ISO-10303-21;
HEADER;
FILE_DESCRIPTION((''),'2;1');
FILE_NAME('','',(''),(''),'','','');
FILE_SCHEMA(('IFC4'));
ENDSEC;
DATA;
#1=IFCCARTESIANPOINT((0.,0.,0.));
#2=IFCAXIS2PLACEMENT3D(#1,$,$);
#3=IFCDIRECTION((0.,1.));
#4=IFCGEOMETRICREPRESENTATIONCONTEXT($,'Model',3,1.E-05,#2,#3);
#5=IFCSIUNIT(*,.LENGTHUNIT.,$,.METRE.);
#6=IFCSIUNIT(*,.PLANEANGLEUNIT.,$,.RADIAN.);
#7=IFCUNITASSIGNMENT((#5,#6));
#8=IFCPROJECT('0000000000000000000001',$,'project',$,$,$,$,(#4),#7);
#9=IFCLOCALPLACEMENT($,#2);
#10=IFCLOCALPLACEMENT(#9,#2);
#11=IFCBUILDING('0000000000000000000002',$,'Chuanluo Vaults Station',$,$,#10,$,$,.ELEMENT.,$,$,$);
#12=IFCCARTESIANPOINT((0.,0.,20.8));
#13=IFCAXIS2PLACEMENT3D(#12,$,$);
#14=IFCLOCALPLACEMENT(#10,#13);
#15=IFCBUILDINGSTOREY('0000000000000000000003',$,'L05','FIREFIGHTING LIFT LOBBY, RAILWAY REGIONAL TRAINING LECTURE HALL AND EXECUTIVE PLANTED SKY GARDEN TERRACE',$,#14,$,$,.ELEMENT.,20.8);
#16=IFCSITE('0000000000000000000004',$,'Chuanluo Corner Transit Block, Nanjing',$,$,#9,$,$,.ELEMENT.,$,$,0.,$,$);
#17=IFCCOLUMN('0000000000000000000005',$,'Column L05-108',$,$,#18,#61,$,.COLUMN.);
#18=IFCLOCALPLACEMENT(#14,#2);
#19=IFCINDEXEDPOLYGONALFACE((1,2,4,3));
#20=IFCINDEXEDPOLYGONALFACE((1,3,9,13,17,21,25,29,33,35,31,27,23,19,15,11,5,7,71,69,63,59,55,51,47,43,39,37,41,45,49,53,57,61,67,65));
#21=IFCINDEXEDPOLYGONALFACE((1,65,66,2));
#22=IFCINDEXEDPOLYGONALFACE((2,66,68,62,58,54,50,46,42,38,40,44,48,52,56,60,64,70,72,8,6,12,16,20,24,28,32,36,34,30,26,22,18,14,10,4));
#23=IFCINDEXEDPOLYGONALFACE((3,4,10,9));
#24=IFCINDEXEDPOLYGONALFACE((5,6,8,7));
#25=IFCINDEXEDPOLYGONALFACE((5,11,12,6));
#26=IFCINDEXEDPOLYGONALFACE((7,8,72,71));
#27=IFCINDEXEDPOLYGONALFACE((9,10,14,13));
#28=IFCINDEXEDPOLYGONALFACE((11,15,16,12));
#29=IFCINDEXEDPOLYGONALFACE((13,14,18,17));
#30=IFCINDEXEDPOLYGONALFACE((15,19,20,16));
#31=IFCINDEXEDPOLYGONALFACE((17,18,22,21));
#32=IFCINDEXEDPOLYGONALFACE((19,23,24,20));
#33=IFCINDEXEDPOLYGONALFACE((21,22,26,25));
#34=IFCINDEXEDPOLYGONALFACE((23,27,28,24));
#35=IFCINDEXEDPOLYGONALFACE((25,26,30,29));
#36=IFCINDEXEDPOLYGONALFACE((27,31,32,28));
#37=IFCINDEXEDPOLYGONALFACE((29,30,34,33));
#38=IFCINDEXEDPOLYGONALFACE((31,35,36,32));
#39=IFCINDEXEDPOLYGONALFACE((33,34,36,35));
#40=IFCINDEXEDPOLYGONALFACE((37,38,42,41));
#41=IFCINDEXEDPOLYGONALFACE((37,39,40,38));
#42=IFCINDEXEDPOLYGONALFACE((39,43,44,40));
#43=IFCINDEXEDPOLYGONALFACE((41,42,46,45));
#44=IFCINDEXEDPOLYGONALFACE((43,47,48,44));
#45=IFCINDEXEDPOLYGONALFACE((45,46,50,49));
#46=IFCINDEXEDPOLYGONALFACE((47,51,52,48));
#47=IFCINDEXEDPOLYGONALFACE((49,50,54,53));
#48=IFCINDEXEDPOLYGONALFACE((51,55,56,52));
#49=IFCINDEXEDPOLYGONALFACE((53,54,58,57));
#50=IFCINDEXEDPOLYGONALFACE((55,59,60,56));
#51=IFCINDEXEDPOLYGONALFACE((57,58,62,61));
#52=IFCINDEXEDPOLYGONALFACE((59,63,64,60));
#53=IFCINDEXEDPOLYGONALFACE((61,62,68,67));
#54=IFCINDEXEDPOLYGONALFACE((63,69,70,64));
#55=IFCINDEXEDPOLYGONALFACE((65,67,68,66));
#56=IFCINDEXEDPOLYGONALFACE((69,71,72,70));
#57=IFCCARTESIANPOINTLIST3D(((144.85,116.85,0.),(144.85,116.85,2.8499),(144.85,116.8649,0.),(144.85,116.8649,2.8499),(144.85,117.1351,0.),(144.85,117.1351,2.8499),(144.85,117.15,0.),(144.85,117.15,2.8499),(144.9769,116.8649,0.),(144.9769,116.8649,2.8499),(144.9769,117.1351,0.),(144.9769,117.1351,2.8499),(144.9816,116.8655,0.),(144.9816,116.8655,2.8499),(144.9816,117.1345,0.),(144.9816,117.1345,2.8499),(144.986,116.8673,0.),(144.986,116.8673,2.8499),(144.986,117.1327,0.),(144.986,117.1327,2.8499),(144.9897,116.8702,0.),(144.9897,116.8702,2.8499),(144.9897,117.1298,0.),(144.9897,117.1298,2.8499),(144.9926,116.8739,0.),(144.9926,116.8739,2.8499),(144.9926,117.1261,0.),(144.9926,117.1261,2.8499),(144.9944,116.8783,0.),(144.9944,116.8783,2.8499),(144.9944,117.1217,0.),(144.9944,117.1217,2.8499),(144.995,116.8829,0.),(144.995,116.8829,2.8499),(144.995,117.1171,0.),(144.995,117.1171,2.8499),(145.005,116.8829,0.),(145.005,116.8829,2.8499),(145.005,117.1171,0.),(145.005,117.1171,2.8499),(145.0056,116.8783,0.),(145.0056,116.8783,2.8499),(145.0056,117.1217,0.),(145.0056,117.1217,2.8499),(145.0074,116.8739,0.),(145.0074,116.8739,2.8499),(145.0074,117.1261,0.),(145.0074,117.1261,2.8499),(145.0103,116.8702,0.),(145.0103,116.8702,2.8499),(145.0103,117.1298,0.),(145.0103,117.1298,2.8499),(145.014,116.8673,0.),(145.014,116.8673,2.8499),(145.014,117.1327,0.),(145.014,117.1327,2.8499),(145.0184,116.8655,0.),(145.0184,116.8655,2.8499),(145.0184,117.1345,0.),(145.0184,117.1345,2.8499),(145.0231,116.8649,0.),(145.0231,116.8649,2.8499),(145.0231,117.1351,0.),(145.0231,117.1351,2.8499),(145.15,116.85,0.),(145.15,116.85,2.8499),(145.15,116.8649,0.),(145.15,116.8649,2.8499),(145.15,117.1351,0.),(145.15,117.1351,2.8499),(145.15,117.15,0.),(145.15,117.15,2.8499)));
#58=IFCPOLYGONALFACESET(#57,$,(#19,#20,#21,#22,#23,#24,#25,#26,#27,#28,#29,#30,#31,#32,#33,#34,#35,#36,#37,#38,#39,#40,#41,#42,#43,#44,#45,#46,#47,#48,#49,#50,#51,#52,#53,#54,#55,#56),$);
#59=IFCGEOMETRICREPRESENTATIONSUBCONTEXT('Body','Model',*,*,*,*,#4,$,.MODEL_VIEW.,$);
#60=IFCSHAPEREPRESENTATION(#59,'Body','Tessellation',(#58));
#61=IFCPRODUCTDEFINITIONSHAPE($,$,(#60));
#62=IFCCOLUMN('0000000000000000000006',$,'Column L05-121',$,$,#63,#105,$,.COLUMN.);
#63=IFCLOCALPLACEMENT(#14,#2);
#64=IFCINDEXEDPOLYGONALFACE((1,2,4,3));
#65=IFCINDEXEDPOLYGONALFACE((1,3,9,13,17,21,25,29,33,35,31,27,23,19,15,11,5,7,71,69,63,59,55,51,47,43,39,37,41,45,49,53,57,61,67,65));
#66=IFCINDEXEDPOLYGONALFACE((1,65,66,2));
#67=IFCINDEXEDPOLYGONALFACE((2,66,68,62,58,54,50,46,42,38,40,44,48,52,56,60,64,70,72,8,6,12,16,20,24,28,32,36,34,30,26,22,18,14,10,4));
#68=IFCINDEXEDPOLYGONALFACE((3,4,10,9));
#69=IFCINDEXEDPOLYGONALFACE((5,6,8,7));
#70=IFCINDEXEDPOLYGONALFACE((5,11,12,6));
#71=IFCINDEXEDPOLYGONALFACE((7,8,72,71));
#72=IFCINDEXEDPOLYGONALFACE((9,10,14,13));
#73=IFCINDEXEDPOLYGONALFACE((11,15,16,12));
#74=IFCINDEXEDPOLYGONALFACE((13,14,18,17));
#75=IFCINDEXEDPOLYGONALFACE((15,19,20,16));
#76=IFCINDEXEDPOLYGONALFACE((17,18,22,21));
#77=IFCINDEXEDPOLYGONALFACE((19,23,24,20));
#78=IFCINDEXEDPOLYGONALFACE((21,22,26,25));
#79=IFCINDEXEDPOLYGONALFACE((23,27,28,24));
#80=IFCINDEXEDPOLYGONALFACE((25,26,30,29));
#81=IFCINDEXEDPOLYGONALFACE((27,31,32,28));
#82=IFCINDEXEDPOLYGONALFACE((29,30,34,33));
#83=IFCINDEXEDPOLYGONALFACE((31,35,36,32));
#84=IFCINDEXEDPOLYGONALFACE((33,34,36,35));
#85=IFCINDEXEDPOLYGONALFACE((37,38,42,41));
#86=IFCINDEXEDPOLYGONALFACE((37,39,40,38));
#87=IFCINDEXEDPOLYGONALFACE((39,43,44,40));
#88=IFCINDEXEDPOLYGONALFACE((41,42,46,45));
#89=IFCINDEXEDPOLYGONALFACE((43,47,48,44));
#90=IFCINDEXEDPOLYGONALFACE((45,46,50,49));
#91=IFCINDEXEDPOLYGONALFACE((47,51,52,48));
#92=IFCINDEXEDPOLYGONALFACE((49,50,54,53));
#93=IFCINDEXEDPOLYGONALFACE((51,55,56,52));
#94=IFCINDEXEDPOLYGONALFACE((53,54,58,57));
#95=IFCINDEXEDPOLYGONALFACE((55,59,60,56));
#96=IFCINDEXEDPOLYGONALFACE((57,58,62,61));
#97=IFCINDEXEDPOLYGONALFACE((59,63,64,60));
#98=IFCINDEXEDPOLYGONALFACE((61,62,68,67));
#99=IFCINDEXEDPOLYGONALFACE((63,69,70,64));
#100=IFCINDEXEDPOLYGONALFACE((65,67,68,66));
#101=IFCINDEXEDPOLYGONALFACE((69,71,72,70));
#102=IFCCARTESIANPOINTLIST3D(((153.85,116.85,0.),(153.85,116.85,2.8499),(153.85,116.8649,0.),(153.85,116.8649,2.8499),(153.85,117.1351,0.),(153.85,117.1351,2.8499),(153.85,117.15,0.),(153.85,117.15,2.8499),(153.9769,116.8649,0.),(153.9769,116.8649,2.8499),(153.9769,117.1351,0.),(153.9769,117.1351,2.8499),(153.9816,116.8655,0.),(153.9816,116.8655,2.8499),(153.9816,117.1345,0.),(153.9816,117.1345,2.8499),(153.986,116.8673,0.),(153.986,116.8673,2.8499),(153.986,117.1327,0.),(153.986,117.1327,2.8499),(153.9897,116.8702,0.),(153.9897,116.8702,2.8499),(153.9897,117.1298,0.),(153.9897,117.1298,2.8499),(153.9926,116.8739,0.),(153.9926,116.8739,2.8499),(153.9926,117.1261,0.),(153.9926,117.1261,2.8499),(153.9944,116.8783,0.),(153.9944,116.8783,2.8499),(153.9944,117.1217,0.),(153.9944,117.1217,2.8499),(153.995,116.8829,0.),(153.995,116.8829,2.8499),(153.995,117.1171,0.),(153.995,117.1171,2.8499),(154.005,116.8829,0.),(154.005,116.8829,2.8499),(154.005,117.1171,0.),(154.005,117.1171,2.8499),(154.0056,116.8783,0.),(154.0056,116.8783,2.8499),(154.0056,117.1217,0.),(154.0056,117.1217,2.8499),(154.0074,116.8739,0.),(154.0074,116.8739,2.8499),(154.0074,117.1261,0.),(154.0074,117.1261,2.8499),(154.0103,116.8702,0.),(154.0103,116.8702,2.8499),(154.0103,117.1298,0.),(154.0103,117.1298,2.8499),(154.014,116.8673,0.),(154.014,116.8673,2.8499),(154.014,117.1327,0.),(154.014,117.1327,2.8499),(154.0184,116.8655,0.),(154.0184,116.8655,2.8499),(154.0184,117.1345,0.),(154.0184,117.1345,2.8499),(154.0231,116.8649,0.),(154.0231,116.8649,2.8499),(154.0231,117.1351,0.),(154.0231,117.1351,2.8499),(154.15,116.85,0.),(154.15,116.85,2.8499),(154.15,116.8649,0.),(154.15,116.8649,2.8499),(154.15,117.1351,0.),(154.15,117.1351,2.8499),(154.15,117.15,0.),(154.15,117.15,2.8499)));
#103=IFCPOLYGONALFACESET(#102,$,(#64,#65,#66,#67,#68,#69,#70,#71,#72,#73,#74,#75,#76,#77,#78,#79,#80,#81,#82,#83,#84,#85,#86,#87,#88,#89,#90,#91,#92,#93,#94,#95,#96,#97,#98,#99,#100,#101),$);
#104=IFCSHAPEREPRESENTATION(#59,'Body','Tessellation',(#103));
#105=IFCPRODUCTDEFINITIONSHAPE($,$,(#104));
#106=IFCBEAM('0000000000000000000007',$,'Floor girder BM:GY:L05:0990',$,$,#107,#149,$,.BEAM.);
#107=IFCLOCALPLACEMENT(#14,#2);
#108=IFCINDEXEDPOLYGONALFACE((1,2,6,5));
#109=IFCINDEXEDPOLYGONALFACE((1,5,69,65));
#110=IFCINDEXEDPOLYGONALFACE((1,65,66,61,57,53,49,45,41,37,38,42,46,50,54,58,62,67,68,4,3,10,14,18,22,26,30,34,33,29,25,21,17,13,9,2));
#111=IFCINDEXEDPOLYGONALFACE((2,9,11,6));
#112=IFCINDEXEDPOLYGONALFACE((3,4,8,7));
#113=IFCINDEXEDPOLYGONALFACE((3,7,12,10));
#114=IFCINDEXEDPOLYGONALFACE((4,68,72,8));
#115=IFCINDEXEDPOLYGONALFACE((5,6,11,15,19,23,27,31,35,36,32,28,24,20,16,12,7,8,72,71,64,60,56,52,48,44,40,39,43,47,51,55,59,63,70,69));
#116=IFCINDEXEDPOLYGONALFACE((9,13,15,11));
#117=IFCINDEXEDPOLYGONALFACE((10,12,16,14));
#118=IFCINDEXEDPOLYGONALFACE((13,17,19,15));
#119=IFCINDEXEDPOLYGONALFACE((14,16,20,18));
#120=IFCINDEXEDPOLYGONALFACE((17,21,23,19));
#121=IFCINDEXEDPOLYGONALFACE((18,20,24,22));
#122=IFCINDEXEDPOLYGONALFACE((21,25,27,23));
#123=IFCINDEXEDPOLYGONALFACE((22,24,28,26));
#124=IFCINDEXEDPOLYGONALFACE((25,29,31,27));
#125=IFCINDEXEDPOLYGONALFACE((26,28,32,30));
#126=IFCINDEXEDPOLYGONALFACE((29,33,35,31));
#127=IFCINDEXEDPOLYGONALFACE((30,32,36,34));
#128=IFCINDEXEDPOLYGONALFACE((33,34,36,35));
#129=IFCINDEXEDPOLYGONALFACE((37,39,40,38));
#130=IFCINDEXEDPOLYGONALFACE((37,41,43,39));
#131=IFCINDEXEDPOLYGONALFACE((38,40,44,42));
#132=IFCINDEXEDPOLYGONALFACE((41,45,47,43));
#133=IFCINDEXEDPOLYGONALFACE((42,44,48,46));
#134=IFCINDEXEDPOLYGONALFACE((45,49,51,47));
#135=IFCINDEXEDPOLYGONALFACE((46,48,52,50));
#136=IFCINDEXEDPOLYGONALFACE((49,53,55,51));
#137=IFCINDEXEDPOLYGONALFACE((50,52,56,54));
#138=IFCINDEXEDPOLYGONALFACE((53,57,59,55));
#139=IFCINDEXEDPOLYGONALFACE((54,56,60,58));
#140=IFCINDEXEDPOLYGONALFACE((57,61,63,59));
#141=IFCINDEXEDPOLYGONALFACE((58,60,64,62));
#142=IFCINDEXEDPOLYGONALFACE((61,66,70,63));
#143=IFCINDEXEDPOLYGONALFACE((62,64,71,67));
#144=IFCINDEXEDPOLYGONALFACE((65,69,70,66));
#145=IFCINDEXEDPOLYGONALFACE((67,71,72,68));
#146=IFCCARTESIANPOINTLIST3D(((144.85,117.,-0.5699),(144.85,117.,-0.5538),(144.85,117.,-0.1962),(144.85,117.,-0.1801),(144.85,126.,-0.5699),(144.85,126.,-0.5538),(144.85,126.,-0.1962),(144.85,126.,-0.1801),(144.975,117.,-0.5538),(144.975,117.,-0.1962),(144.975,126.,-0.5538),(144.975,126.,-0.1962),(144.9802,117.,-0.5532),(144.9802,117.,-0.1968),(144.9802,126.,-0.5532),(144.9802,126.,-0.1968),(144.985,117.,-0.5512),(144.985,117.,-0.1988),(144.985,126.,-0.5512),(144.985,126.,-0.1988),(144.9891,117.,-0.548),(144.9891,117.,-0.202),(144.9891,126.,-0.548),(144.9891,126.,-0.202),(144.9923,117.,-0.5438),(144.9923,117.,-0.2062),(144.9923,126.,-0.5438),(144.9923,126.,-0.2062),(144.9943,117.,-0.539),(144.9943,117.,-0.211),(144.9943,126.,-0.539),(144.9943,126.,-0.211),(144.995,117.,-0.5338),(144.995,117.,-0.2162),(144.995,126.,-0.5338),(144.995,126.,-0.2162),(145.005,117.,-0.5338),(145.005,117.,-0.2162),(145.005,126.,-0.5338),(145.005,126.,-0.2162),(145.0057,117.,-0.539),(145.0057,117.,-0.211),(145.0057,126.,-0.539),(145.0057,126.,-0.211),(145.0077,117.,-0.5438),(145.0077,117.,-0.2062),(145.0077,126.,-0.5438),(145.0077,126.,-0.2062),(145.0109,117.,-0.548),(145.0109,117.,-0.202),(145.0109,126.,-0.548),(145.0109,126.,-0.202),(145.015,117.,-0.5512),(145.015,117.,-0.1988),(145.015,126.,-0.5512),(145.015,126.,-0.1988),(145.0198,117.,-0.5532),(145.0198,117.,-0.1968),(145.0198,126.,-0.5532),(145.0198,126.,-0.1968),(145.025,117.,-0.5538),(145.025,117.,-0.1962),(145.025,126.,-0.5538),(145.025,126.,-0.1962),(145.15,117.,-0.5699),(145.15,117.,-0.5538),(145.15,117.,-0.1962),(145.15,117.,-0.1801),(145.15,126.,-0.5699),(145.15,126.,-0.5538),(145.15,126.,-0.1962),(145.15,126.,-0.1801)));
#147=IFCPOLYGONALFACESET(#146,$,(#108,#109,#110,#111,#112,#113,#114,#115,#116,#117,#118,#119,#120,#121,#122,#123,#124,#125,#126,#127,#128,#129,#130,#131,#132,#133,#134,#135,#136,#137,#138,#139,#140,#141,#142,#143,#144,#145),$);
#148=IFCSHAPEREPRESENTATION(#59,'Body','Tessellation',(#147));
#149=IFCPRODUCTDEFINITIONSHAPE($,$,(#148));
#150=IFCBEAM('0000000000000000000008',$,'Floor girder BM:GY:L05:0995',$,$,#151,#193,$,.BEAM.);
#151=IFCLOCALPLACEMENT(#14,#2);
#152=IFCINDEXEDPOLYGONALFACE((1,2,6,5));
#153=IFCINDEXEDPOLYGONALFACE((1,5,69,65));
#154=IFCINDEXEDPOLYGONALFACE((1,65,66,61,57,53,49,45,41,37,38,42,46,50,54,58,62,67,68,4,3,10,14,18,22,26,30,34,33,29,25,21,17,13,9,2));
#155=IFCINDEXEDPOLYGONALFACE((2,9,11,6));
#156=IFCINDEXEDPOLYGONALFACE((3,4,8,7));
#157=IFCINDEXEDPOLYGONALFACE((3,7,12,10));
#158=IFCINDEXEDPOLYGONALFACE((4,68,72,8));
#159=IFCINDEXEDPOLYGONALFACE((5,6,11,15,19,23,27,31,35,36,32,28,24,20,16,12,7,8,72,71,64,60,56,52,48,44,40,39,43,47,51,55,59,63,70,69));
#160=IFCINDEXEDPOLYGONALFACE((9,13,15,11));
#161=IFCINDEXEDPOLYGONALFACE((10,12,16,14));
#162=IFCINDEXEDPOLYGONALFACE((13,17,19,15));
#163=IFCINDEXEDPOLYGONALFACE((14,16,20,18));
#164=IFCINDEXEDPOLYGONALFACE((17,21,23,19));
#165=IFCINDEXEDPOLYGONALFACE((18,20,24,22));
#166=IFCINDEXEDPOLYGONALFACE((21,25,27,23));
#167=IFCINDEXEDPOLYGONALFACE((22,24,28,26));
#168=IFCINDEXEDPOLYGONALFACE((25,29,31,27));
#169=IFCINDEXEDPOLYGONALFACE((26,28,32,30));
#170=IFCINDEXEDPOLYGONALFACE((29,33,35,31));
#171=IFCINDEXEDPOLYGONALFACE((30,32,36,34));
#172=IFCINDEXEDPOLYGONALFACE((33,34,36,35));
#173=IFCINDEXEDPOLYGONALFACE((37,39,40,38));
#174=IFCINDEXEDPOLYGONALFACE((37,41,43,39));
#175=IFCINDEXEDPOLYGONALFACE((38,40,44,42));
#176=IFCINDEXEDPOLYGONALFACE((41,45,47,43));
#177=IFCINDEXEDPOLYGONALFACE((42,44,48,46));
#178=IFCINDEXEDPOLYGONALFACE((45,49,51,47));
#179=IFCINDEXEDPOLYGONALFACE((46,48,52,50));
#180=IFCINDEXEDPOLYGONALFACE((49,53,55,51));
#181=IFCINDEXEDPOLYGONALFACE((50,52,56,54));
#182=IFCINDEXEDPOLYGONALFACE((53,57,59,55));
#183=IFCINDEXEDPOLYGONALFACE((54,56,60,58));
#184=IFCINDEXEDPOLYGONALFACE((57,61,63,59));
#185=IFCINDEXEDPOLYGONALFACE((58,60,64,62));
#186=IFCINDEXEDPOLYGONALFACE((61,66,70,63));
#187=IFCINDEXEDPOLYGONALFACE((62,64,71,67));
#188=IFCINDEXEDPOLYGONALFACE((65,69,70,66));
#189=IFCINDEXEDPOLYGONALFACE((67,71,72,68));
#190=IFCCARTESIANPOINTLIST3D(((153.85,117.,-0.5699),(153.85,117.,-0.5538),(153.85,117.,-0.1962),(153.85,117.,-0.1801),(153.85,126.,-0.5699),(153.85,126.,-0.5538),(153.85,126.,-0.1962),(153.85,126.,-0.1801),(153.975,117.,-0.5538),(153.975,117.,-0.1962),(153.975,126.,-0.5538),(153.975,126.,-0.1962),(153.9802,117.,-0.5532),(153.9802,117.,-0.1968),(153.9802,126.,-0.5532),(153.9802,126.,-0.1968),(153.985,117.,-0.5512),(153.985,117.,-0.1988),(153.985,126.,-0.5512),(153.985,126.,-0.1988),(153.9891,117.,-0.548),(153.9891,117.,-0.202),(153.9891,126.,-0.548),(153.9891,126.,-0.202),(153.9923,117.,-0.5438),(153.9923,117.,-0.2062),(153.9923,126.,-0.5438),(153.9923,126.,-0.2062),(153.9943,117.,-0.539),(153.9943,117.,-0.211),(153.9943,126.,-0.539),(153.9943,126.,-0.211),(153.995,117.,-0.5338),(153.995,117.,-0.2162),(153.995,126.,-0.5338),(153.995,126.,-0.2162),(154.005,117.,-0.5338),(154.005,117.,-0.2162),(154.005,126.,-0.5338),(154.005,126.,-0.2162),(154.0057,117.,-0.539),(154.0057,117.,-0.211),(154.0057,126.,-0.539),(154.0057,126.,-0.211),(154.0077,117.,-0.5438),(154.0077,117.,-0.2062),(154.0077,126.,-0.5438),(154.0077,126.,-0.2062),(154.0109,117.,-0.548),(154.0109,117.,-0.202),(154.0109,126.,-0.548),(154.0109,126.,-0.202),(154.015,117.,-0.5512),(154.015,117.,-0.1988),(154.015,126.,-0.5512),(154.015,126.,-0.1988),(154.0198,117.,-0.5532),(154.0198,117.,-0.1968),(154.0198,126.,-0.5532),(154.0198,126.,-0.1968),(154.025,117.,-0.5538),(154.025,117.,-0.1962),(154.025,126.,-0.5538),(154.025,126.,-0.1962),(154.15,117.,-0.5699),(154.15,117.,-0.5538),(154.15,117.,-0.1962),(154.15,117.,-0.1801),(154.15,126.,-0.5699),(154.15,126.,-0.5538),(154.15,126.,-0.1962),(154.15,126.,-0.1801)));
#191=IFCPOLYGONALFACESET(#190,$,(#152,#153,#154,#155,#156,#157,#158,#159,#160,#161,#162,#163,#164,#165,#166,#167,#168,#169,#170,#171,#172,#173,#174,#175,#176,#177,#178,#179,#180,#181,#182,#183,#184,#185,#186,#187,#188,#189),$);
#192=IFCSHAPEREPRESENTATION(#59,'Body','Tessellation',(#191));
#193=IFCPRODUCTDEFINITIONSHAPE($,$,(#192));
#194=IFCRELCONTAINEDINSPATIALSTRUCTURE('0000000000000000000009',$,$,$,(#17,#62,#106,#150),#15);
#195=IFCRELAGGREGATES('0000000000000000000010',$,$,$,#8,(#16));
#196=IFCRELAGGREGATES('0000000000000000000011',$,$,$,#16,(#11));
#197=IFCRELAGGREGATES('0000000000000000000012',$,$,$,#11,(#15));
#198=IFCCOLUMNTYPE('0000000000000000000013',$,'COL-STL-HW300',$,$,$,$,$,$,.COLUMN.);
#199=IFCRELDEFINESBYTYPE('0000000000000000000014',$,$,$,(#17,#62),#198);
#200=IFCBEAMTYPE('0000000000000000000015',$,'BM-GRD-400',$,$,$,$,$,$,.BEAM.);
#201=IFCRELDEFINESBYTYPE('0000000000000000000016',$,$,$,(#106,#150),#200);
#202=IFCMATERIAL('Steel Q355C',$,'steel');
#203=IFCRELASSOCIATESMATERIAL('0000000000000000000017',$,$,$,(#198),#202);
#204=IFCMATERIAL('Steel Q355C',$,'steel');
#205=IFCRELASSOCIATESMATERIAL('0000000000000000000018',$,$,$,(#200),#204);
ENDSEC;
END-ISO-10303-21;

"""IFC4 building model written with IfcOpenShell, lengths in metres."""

from ifc_helpers import new_model, si_unit, direction, frame, origin, origin_2d, place, context, subcontext, project, spatial, i_section, extrude, material, material_profile, profile_set, type_object, element, save


model = new_model("IFC4")

# Units and contexts
model_context = context("Model", 3, precision=1e-05, world=origin(), true_north=direction((0.0, 1.0)))
body_context = subcontext(model_context, "Body", "Model", "MODEL_VIEW")
ifc_project = project(units=[si_unit("LENGTHUNIT", "METRE"), si_unit("PLANEANGLEUNIT", "RADIAN")], contexts=[model_context])

# Site, building, storey
site_placement = place(None, origin())
site = spatial("IfcSite", under=ifc_project, at=site_placement, Name="Chuanluo Corner Transit Block, Nanjing", CompositionType="ELEMENT", RefElevation=0.0)
building_placement = place(site_placement, origin())
building = spatial("IfcBuilding", under=site, at=building_placement, Name="Chuanluo Vaults Station", CompositionType="ELEMENT")
storey_placement = place(building_placement, frame((0.0, 0.0, 20.8)))
storey = spatial("IfcBuildingStorey", under=building, at=storey_placement, Name="L05", Description="FIREFIGHTING LIFT LOBBY, RAILWAY REGIONAL TRAINING LECTURE HALL AND EXECUTIVE PLANTED SKY GARDEN TERRACE", CompositionType="ELEMENT", Elevation=20.8)

# Columns
ifc_material_1 = material(Name="Steel Q355C", Category="steel")
ifc_material_profile_1 = material_profile(ifc_material_1, i_section(OverallWidth=0.3, OverallDepth=0.3, WebThickness=0.01, FlangeThickness=0.0149, FilletRadius=0.0181, at=origin_2d()))
ifc_profile_set_1 = profile_set([ifc_material_profile_1], Name="Steel Q355C")
column_type = type_object("IfcColumnType", Name="COL-STL-HW300", PredefinedType="COLUMN", material=ifc_profile_set_1)
for number, where, z_axis, x_axis, name in (
    (1, (145.0, 117.0, 0.0), (0.0, 0.0, 1.0), (1.0, 0.0, 0.0), "Column L05-108"),
    (2, (154.0, 117.0, 0.0), (0.0, 0.0, 1.0), (1.0, 0.0, 0.0), "Column L05-121"),
):
    element("IfcColumn", number, at=place(storey_placement, frame(where, z_axis=z_axis, x_axis=x_axis)), inside=storey, type_object=column_type, Name=name, PredefinedType="COLUMN", context=body_context, shape_type="SweptSolid", body=[
        extrude(i_section(OverallWidth=0.3, OverallDepth=0.3, WebThickness=0.01, FlangeThickness=0.0149, FilletRadius=0.0181, at=origin_2d()), origin(), (0.0, 0.0, 1.0), 2.8499),
    ])

# Beams
ifc_material_2 = material(Name="Steel Q355C", Category="steel")
ifc_material_profile_2 = material_profile(ifc_material_2, i_section(OverallWidth=0.3, OverallDepth=0.3899, WebThickness=0.01, FlangeThickness=0.0161, FilletRadius=0.02, at=origin_2d()))
ifc_profile_set_2 = profile_set([ifc_material_profile_2], Name="Steel Q355C")
beam_type_1 = type_object("IfcBeamType", Name="BM-GRD-400", PredefinedType="BEAM", material=ifc_profile_set_2)
for number, where, z_axis, x_axis, name in (
    (3, (145.0, 117.0, -0.375), (0.0, 1.0, 0.0), (-1.0, 0.0, 0.0), "Floor girder BM:GY:L05:0990"),
    (4, (154.0, 117.0, -0.375), (0.0, 1.0, 0.0), (-1.0, 0.0, 0.0), "Floor girder BM:GY:L05:0995"),
):
    element("IfcBeam", number, at=place(storey_placement, frame(where, z_axis=z_axis, x_axis=x_axis)), inside=storey, type_object=beam_type_1, Name=name, PredefinedType="BEAM", context=body_context, shape_type="SweptSolid", body=[
        extrude(i_section(OverallWidth=0.3, OverallDepth=0.3899, WebThickness=0.01, FlangeThickness=0.0161, FilletRadius=0.02, at=origin_2d()), origin(), (0.0, 0.0, 1.0), 9.0),
    ])

save(model, "model.ifc")
